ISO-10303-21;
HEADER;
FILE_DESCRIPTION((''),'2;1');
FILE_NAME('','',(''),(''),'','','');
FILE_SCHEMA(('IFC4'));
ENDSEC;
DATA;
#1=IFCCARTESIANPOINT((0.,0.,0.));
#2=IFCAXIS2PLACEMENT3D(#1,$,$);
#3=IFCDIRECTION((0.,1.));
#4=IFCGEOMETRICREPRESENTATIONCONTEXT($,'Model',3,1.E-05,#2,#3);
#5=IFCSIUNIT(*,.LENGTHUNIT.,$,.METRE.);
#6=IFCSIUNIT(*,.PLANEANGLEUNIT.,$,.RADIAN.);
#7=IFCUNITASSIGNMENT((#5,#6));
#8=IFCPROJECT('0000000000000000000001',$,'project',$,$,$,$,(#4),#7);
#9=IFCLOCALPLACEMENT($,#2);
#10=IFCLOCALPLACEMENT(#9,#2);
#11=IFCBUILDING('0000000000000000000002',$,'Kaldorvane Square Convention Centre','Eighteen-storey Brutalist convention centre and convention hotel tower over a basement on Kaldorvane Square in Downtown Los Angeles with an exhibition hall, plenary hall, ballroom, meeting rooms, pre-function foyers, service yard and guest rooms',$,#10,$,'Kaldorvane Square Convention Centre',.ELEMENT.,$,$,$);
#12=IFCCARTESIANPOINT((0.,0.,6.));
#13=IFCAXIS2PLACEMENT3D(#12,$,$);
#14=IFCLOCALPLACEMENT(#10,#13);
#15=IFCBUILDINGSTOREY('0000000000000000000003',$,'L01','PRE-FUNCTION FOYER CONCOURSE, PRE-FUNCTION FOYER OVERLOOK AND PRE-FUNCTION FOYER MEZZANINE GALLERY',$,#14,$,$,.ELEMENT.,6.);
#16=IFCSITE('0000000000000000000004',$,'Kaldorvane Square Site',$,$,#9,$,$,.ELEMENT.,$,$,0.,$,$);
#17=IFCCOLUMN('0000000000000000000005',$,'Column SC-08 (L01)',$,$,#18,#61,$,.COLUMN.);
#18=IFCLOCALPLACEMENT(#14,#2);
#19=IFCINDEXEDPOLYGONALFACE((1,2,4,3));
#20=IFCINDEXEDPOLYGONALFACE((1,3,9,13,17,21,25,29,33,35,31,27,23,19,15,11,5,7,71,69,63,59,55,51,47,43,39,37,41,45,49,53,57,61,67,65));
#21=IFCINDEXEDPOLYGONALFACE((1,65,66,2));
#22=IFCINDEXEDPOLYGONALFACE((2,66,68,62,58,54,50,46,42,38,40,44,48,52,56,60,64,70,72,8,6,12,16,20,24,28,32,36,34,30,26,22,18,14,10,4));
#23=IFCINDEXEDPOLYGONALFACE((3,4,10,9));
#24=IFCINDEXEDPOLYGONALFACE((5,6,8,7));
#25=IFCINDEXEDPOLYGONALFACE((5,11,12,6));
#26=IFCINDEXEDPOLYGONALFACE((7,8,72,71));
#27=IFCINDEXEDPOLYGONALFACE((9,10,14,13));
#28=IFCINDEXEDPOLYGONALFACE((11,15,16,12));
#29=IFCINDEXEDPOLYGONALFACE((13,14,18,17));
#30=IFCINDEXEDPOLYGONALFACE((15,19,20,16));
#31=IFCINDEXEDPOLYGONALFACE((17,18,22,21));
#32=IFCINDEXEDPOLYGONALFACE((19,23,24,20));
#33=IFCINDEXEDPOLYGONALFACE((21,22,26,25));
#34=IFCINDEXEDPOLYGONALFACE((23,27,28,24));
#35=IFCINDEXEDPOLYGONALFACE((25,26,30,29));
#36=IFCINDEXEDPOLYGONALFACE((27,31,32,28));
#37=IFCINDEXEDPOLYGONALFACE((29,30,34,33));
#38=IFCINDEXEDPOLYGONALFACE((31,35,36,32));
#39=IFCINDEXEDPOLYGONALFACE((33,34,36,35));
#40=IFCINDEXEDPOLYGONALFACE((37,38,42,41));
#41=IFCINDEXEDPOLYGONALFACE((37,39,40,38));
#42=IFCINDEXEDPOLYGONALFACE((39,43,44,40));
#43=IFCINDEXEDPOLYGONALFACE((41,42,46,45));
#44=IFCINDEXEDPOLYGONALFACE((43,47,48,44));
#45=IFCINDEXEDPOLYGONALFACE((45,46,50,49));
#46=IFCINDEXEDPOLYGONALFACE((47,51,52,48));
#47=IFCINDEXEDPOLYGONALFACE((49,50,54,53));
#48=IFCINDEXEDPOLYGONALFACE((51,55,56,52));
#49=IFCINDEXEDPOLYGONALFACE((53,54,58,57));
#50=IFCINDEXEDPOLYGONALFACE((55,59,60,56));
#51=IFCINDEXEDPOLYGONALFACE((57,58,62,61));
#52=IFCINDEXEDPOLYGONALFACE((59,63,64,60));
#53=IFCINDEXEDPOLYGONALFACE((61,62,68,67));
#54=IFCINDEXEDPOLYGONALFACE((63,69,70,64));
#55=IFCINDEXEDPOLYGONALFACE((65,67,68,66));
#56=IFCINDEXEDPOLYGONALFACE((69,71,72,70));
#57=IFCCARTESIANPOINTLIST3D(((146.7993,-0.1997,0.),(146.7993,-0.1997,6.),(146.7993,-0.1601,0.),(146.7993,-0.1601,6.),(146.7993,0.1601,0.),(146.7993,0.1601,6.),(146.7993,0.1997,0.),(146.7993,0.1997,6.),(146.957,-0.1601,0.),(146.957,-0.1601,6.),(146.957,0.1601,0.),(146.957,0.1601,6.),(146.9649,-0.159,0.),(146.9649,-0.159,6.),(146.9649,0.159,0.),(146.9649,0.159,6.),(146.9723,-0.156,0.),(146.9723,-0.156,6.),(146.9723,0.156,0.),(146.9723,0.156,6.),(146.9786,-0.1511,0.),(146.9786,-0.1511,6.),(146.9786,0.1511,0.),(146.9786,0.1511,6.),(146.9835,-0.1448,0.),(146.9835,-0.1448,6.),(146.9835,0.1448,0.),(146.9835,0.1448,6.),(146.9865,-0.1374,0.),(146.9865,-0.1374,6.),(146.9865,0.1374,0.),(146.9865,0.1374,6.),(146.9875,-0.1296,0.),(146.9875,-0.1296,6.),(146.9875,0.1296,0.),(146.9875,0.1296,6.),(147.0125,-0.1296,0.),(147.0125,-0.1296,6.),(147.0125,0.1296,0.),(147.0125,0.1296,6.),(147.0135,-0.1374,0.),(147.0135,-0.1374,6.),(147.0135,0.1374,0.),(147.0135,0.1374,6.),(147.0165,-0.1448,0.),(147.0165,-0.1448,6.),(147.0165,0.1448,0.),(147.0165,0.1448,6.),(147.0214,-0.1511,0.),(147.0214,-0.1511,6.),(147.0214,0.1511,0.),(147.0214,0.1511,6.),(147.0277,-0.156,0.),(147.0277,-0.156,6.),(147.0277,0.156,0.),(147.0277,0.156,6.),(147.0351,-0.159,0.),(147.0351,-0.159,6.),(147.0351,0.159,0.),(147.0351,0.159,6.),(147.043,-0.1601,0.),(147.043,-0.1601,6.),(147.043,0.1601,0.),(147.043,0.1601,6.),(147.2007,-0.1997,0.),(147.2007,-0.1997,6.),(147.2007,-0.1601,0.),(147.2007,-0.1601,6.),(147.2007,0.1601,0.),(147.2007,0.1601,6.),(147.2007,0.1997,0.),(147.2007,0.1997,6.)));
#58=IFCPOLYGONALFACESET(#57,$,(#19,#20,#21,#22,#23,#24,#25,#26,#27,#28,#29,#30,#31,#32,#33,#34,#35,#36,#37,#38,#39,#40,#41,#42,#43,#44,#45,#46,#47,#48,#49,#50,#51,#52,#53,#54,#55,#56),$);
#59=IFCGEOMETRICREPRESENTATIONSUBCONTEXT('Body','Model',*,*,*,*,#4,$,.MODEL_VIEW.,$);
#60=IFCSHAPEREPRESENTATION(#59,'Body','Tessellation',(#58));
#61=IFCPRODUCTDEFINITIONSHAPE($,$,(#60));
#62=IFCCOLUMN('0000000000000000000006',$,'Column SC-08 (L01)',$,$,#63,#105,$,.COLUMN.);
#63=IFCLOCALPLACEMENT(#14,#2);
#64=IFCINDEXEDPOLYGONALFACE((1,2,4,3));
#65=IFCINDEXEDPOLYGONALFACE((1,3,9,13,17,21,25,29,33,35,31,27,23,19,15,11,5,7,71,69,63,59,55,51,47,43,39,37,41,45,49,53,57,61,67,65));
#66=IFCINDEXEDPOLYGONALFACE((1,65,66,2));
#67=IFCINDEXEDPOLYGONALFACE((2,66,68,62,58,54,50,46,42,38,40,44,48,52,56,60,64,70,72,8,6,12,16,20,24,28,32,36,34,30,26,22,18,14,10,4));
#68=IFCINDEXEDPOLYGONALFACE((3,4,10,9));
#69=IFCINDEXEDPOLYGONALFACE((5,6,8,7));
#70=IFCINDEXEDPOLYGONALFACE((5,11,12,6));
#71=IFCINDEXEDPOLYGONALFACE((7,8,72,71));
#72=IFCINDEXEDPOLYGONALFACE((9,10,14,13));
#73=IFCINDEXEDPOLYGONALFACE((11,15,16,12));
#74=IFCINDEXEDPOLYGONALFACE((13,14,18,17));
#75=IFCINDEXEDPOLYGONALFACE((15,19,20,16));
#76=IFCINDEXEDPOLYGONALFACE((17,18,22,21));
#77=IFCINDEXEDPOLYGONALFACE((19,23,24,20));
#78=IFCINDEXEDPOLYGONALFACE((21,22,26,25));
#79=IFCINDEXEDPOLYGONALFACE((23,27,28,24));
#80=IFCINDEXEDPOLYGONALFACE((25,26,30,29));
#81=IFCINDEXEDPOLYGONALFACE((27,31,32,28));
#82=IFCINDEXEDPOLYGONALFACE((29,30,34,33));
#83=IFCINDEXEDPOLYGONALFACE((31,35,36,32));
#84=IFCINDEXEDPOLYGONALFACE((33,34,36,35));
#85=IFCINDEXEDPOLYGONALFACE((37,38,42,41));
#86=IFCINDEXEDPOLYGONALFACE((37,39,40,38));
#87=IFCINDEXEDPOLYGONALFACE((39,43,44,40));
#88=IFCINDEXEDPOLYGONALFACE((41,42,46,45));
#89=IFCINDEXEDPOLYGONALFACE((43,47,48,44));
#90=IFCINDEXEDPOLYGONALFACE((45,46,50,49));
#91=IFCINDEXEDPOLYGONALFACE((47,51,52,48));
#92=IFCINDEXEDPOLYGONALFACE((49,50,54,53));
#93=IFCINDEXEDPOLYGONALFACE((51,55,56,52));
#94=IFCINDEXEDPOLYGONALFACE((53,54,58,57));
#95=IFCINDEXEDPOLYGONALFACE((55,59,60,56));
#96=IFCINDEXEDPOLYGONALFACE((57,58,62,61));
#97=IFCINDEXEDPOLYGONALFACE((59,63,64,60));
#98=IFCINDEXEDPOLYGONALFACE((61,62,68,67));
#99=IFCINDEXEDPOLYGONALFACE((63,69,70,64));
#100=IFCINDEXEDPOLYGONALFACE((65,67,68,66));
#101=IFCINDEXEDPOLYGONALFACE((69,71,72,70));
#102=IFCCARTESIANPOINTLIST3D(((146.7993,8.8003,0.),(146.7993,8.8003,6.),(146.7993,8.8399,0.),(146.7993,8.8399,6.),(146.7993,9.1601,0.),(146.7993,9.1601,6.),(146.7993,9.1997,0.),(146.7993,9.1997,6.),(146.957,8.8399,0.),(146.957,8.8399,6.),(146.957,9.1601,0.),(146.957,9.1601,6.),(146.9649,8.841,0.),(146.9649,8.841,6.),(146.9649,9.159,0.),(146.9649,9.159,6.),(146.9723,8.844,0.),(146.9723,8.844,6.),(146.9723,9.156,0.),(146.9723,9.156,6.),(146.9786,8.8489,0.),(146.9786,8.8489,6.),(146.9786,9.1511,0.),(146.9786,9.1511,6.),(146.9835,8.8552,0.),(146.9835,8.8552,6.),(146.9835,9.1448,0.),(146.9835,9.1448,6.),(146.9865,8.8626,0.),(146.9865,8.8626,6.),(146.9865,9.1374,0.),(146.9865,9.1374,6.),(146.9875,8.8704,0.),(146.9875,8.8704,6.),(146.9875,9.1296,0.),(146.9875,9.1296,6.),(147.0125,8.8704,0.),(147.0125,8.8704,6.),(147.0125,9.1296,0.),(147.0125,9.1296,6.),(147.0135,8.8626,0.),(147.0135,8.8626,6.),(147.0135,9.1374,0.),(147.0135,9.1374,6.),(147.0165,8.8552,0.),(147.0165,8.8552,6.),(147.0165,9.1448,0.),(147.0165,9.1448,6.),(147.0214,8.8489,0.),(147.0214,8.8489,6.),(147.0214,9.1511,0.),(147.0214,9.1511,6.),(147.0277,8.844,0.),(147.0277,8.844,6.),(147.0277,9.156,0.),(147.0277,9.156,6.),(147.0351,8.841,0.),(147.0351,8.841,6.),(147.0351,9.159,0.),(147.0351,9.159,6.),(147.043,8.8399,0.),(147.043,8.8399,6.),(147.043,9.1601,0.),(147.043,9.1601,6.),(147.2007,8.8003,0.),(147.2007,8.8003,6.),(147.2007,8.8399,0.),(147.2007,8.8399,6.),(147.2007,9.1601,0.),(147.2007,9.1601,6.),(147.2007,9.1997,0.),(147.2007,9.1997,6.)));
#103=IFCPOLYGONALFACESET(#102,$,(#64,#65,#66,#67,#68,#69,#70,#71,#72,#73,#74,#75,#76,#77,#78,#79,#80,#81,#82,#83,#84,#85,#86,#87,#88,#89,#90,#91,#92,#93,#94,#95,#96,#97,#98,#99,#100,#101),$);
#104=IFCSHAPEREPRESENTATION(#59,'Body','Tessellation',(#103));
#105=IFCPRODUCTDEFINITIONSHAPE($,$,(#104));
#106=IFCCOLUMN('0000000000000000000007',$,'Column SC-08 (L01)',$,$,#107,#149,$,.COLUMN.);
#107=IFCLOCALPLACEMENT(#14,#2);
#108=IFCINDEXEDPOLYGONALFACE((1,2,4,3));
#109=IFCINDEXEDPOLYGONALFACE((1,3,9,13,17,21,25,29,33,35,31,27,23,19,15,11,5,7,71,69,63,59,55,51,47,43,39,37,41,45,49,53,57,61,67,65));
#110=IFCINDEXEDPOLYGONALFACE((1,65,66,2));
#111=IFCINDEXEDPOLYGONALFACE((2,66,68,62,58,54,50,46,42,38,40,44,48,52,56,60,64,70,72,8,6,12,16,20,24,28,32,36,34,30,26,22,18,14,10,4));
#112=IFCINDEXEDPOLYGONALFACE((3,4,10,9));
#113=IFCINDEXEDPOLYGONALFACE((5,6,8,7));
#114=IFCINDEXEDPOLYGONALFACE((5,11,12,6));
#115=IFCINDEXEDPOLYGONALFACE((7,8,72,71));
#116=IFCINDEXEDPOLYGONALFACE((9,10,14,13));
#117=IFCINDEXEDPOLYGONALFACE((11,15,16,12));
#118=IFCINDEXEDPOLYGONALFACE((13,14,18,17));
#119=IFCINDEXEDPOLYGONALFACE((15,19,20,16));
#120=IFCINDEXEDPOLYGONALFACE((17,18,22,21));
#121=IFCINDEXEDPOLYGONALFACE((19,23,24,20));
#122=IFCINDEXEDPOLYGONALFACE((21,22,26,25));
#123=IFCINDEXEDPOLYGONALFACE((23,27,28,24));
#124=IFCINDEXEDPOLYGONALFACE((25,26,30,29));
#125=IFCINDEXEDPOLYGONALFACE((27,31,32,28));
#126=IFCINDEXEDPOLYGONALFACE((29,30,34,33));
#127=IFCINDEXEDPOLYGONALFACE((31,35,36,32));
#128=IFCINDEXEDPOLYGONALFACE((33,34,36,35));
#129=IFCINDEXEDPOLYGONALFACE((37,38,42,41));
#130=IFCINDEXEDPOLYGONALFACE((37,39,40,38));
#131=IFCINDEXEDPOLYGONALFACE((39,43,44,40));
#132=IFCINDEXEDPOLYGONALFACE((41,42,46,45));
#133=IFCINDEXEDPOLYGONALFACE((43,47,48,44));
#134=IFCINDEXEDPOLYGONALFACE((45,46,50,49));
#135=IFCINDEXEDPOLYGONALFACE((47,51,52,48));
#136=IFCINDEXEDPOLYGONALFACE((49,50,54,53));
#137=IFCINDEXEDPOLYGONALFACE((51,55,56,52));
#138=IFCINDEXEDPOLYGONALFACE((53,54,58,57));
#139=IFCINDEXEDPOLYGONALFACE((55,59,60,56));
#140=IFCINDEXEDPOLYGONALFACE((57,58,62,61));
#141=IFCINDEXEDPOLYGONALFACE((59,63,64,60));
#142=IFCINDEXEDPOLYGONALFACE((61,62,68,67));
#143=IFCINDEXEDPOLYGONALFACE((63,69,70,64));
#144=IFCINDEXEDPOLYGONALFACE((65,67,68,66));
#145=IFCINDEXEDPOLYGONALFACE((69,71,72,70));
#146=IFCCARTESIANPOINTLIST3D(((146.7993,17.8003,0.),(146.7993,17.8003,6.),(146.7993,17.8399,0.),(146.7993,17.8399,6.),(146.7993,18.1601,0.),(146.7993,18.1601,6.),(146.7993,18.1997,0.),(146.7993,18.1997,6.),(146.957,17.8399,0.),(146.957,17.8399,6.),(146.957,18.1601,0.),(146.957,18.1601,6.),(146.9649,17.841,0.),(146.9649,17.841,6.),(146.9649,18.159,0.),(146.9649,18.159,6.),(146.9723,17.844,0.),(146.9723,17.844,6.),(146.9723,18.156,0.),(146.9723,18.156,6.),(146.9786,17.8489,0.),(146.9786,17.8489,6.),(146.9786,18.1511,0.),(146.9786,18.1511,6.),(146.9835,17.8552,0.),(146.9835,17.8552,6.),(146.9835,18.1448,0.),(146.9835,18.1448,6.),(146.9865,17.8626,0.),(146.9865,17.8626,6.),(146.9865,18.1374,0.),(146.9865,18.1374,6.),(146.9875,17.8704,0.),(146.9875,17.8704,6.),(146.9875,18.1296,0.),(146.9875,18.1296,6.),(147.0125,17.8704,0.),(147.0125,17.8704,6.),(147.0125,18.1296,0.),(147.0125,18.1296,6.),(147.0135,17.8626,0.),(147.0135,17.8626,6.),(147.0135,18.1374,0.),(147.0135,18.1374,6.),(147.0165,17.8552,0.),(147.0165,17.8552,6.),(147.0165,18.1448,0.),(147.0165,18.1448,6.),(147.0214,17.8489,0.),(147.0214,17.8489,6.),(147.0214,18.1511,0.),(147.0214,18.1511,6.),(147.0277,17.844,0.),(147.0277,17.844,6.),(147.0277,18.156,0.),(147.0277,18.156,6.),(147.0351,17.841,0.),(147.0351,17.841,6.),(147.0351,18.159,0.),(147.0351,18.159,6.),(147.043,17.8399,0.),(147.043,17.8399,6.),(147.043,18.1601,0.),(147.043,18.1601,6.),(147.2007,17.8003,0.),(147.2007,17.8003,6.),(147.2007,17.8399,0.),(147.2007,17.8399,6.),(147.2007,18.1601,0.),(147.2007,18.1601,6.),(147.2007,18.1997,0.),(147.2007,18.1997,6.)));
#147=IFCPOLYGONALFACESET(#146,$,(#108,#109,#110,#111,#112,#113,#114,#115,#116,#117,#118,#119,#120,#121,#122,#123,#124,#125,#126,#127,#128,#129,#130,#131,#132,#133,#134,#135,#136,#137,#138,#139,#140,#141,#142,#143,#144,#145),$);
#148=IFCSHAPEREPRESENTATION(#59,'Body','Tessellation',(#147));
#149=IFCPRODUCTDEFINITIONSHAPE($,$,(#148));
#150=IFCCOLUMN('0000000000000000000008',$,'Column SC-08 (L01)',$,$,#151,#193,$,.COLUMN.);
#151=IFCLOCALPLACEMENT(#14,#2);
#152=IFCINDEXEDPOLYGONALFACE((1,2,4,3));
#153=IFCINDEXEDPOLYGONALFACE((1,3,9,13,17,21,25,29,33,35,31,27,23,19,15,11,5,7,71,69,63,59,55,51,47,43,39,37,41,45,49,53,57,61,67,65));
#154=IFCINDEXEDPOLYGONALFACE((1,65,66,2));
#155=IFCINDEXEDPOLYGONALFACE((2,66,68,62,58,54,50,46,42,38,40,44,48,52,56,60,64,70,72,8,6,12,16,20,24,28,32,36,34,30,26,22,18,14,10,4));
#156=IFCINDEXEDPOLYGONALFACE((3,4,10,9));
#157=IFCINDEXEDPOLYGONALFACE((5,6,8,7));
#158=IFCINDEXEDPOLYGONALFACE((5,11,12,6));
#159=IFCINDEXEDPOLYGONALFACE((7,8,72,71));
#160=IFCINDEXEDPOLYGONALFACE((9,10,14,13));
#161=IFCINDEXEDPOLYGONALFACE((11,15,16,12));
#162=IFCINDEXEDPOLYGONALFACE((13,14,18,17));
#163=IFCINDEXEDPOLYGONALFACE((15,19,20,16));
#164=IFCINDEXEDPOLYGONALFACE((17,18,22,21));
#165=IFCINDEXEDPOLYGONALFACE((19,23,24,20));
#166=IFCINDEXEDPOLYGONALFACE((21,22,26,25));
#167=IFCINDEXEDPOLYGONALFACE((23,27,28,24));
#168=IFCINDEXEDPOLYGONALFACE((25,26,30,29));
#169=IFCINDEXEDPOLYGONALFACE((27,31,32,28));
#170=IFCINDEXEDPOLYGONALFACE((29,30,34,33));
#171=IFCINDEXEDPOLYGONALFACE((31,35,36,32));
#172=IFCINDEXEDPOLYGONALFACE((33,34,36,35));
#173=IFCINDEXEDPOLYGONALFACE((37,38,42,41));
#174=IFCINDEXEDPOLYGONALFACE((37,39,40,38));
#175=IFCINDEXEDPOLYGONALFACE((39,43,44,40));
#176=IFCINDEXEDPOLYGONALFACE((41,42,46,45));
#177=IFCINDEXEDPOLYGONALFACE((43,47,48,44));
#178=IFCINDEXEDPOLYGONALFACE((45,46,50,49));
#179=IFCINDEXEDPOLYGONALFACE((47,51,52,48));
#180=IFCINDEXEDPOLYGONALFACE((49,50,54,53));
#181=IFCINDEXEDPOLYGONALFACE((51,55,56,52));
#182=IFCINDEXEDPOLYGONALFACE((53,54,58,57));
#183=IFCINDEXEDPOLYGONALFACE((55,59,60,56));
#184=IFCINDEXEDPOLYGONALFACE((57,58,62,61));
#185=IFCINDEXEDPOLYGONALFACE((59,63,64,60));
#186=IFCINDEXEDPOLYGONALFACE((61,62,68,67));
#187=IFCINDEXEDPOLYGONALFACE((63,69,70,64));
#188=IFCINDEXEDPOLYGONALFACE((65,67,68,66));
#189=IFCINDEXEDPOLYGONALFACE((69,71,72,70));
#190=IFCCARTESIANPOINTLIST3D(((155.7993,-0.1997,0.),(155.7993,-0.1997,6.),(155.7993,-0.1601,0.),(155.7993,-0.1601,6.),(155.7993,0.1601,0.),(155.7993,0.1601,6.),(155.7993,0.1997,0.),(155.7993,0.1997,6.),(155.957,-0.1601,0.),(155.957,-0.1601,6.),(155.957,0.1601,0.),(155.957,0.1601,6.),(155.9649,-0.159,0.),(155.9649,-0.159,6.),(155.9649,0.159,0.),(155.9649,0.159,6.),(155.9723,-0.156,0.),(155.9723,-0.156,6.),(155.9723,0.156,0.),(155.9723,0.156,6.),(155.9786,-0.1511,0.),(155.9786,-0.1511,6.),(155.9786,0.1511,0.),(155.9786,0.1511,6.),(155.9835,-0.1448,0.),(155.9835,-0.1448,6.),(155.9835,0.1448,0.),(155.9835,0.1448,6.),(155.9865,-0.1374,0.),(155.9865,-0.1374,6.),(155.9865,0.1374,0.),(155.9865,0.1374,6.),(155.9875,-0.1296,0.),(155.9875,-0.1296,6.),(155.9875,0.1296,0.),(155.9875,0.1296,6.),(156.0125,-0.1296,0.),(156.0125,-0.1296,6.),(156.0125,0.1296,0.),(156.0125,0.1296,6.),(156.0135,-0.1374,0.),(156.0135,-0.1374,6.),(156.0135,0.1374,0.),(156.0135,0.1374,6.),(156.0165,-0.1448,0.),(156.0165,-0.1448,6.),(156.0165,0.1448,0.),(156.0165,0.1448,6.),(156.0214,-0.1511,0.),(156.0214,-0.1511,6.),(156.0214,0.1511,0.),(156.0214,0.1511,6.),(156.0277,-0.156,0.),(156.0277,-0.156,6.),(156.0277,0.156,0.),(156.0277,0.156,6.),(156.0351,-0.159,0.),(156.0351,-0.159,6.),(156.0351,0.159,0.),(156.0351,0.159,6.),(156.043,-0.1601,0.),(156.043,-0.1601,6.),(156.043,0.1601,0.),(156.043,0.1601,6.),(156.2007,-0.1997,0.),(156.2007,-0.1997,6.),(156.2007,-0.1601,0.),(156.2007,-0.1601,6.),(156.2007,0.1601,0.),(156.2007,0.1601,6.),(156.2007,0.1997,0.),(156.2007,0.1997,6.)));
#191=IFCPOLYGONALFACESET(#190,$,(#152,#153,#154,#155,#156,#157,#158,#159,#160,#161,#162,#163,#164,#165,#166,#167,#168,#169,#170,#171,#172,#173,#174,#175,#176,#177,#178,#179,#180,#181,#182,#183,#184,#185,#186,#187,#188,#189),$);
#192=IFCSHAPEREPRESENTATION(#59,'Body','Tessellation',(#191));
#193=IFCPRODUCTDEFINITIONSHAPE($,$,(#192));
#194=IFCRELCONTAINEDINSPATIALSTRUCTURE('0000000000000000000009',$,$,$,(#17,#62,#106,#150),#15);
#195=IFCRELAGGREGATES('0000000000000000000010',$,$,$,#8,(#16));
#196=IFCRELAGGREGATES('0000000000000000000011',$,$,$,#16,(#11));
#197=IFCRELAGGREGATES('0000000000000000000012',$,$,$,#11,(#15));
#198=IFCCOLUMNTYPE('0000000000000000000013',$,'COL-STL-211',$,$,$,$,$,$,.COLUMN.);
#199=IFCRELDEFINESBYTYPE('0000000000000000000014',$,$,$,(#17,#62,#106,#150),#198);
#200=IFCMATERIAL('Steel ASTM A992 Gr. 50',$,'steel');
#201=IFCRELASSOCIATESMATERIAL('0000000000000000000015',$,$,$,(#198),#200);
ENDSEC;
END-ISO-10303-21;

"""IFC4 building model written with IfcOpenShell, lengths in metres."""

from ifc_helpers import new_model, si_unit, direction, frame, origin, origin_2d, place, context, subcontext, project, spatial, i_section, extrude, material, material_profile, profile_set, type_object, element, save


model = new_model("IFC4")

# Units and contexts
model_context = context("Model", 3, precision=1e-05, world=origin(), true_north=direction((0.0, 1.0)))
body_context = subcontext(model_context, "Body", "Model", "MODEL_VIEW")
ifc_project = project(units=[si_unit("LENGTHUNIT", "METRE"), si_unit("PLANEANGLEUNIT", "RADIAN")], contexts=[model_context])

# Site, building, storey
site_placement = place(None, origin())
site = spatial("IfcSite", under=ifc_project, at=site_placement, Name="Kaldorvane Square Site", CompositionType="ELEMENT", RefElevation=0.0)
building_placement = place(site_placement, origin())
building = spatial("IfcBuilding", under=site, at=building_placement, Name="Kaldorvane Square Convention Centre", Description="Eighteen-storey Brutalist convention centre and convention hotel tower over a basement on Kaldorvane Square in Downtown Los Angeles with an exhibition hall, plenary hall, ballroom, meeting rooms, pre-function foyers, service yard and guest rooms", LongName="Kaldorvane Square Convention Centre", CompositionType="ELEMENT")
storey_placement = place(building_placement, frame((0.0, 0.0, 6.0)))
storey = spatial("IfcBuildingStorey", under=building, at=storey_placement, Name="L01", Description="PRE-FUNCTION FOYER CONCOURSE, PRE-FUNCTION FOYER OVERLOOK AND PRE-FUNCTION FOYER MEZZANINE GALLERY", CompositionType="ELEMENT", Elevation=6.0)

# Columns
ifc_material_1 = material(Name="Steel ASTM A992 Gr. 50", Category="steel")
ifc_material_profile_1 = material_profile(ifc_material_1, i_section(OverallWidth=0.4013, OverallDepth=0.3993, WebThickness=0.0249, FlangeThickness=0.0396, FilletRadius=0.0305, at=origin_2d()), Name="W14X211")
ifc_profile_set_1 = profile_set([ifc_material_profile_1], Name="Steel ASTM A992 Gr. 50")
column_type = type_object("IfcColumnType", Name="COL-STL-211", PredefinedType="COLUMN", material=ifc_profile_set_1)
for number, where, z_axis, x_axis, name in (
    (1, (147.0, 0.0, 0.0), (0.0, 0.0, 1.0), (1.0, 0.0, 0.0), "Column SC-08 (L01)"),
    (2, (147.0, 9.0, 0.0), (0.0, 0.0, 1.0), (1.0, 0.0, 0.0), "Column SC-08 (L01)"),
    (3, (147.0, 18.0, 0.0), (0.0, 0.0, 1.0), (1.0, 0.0, 0.0), "Column SC-08 (L01)"),
    (4, (156.0, 0.0, 0.0), (0.0, 0.0, 1.0), (1.0, 0.0, 0.0), "Column SC-08 (L01)"),
):
    element("IfcColumn", number, at=place(storey_placement, frame(where, z_axis=z_axis, x_axis=x_axis)), inside=storey, type_object=column_type, Name=name, PredefinedType="COLUMN", context=body_context, shape_type="SweptSolid", body=[
        extrude(i_section(OverallWidth=0.4013, OverallDepth=0.3993, WebThickness=0.0249, FlangeThickness=0.0396, FilletRadius=0.0305, at=origin_2d()), origin(), (0.0, 0.0, 1.0), 6.0),
    ])

save(model, "model.ifc")
